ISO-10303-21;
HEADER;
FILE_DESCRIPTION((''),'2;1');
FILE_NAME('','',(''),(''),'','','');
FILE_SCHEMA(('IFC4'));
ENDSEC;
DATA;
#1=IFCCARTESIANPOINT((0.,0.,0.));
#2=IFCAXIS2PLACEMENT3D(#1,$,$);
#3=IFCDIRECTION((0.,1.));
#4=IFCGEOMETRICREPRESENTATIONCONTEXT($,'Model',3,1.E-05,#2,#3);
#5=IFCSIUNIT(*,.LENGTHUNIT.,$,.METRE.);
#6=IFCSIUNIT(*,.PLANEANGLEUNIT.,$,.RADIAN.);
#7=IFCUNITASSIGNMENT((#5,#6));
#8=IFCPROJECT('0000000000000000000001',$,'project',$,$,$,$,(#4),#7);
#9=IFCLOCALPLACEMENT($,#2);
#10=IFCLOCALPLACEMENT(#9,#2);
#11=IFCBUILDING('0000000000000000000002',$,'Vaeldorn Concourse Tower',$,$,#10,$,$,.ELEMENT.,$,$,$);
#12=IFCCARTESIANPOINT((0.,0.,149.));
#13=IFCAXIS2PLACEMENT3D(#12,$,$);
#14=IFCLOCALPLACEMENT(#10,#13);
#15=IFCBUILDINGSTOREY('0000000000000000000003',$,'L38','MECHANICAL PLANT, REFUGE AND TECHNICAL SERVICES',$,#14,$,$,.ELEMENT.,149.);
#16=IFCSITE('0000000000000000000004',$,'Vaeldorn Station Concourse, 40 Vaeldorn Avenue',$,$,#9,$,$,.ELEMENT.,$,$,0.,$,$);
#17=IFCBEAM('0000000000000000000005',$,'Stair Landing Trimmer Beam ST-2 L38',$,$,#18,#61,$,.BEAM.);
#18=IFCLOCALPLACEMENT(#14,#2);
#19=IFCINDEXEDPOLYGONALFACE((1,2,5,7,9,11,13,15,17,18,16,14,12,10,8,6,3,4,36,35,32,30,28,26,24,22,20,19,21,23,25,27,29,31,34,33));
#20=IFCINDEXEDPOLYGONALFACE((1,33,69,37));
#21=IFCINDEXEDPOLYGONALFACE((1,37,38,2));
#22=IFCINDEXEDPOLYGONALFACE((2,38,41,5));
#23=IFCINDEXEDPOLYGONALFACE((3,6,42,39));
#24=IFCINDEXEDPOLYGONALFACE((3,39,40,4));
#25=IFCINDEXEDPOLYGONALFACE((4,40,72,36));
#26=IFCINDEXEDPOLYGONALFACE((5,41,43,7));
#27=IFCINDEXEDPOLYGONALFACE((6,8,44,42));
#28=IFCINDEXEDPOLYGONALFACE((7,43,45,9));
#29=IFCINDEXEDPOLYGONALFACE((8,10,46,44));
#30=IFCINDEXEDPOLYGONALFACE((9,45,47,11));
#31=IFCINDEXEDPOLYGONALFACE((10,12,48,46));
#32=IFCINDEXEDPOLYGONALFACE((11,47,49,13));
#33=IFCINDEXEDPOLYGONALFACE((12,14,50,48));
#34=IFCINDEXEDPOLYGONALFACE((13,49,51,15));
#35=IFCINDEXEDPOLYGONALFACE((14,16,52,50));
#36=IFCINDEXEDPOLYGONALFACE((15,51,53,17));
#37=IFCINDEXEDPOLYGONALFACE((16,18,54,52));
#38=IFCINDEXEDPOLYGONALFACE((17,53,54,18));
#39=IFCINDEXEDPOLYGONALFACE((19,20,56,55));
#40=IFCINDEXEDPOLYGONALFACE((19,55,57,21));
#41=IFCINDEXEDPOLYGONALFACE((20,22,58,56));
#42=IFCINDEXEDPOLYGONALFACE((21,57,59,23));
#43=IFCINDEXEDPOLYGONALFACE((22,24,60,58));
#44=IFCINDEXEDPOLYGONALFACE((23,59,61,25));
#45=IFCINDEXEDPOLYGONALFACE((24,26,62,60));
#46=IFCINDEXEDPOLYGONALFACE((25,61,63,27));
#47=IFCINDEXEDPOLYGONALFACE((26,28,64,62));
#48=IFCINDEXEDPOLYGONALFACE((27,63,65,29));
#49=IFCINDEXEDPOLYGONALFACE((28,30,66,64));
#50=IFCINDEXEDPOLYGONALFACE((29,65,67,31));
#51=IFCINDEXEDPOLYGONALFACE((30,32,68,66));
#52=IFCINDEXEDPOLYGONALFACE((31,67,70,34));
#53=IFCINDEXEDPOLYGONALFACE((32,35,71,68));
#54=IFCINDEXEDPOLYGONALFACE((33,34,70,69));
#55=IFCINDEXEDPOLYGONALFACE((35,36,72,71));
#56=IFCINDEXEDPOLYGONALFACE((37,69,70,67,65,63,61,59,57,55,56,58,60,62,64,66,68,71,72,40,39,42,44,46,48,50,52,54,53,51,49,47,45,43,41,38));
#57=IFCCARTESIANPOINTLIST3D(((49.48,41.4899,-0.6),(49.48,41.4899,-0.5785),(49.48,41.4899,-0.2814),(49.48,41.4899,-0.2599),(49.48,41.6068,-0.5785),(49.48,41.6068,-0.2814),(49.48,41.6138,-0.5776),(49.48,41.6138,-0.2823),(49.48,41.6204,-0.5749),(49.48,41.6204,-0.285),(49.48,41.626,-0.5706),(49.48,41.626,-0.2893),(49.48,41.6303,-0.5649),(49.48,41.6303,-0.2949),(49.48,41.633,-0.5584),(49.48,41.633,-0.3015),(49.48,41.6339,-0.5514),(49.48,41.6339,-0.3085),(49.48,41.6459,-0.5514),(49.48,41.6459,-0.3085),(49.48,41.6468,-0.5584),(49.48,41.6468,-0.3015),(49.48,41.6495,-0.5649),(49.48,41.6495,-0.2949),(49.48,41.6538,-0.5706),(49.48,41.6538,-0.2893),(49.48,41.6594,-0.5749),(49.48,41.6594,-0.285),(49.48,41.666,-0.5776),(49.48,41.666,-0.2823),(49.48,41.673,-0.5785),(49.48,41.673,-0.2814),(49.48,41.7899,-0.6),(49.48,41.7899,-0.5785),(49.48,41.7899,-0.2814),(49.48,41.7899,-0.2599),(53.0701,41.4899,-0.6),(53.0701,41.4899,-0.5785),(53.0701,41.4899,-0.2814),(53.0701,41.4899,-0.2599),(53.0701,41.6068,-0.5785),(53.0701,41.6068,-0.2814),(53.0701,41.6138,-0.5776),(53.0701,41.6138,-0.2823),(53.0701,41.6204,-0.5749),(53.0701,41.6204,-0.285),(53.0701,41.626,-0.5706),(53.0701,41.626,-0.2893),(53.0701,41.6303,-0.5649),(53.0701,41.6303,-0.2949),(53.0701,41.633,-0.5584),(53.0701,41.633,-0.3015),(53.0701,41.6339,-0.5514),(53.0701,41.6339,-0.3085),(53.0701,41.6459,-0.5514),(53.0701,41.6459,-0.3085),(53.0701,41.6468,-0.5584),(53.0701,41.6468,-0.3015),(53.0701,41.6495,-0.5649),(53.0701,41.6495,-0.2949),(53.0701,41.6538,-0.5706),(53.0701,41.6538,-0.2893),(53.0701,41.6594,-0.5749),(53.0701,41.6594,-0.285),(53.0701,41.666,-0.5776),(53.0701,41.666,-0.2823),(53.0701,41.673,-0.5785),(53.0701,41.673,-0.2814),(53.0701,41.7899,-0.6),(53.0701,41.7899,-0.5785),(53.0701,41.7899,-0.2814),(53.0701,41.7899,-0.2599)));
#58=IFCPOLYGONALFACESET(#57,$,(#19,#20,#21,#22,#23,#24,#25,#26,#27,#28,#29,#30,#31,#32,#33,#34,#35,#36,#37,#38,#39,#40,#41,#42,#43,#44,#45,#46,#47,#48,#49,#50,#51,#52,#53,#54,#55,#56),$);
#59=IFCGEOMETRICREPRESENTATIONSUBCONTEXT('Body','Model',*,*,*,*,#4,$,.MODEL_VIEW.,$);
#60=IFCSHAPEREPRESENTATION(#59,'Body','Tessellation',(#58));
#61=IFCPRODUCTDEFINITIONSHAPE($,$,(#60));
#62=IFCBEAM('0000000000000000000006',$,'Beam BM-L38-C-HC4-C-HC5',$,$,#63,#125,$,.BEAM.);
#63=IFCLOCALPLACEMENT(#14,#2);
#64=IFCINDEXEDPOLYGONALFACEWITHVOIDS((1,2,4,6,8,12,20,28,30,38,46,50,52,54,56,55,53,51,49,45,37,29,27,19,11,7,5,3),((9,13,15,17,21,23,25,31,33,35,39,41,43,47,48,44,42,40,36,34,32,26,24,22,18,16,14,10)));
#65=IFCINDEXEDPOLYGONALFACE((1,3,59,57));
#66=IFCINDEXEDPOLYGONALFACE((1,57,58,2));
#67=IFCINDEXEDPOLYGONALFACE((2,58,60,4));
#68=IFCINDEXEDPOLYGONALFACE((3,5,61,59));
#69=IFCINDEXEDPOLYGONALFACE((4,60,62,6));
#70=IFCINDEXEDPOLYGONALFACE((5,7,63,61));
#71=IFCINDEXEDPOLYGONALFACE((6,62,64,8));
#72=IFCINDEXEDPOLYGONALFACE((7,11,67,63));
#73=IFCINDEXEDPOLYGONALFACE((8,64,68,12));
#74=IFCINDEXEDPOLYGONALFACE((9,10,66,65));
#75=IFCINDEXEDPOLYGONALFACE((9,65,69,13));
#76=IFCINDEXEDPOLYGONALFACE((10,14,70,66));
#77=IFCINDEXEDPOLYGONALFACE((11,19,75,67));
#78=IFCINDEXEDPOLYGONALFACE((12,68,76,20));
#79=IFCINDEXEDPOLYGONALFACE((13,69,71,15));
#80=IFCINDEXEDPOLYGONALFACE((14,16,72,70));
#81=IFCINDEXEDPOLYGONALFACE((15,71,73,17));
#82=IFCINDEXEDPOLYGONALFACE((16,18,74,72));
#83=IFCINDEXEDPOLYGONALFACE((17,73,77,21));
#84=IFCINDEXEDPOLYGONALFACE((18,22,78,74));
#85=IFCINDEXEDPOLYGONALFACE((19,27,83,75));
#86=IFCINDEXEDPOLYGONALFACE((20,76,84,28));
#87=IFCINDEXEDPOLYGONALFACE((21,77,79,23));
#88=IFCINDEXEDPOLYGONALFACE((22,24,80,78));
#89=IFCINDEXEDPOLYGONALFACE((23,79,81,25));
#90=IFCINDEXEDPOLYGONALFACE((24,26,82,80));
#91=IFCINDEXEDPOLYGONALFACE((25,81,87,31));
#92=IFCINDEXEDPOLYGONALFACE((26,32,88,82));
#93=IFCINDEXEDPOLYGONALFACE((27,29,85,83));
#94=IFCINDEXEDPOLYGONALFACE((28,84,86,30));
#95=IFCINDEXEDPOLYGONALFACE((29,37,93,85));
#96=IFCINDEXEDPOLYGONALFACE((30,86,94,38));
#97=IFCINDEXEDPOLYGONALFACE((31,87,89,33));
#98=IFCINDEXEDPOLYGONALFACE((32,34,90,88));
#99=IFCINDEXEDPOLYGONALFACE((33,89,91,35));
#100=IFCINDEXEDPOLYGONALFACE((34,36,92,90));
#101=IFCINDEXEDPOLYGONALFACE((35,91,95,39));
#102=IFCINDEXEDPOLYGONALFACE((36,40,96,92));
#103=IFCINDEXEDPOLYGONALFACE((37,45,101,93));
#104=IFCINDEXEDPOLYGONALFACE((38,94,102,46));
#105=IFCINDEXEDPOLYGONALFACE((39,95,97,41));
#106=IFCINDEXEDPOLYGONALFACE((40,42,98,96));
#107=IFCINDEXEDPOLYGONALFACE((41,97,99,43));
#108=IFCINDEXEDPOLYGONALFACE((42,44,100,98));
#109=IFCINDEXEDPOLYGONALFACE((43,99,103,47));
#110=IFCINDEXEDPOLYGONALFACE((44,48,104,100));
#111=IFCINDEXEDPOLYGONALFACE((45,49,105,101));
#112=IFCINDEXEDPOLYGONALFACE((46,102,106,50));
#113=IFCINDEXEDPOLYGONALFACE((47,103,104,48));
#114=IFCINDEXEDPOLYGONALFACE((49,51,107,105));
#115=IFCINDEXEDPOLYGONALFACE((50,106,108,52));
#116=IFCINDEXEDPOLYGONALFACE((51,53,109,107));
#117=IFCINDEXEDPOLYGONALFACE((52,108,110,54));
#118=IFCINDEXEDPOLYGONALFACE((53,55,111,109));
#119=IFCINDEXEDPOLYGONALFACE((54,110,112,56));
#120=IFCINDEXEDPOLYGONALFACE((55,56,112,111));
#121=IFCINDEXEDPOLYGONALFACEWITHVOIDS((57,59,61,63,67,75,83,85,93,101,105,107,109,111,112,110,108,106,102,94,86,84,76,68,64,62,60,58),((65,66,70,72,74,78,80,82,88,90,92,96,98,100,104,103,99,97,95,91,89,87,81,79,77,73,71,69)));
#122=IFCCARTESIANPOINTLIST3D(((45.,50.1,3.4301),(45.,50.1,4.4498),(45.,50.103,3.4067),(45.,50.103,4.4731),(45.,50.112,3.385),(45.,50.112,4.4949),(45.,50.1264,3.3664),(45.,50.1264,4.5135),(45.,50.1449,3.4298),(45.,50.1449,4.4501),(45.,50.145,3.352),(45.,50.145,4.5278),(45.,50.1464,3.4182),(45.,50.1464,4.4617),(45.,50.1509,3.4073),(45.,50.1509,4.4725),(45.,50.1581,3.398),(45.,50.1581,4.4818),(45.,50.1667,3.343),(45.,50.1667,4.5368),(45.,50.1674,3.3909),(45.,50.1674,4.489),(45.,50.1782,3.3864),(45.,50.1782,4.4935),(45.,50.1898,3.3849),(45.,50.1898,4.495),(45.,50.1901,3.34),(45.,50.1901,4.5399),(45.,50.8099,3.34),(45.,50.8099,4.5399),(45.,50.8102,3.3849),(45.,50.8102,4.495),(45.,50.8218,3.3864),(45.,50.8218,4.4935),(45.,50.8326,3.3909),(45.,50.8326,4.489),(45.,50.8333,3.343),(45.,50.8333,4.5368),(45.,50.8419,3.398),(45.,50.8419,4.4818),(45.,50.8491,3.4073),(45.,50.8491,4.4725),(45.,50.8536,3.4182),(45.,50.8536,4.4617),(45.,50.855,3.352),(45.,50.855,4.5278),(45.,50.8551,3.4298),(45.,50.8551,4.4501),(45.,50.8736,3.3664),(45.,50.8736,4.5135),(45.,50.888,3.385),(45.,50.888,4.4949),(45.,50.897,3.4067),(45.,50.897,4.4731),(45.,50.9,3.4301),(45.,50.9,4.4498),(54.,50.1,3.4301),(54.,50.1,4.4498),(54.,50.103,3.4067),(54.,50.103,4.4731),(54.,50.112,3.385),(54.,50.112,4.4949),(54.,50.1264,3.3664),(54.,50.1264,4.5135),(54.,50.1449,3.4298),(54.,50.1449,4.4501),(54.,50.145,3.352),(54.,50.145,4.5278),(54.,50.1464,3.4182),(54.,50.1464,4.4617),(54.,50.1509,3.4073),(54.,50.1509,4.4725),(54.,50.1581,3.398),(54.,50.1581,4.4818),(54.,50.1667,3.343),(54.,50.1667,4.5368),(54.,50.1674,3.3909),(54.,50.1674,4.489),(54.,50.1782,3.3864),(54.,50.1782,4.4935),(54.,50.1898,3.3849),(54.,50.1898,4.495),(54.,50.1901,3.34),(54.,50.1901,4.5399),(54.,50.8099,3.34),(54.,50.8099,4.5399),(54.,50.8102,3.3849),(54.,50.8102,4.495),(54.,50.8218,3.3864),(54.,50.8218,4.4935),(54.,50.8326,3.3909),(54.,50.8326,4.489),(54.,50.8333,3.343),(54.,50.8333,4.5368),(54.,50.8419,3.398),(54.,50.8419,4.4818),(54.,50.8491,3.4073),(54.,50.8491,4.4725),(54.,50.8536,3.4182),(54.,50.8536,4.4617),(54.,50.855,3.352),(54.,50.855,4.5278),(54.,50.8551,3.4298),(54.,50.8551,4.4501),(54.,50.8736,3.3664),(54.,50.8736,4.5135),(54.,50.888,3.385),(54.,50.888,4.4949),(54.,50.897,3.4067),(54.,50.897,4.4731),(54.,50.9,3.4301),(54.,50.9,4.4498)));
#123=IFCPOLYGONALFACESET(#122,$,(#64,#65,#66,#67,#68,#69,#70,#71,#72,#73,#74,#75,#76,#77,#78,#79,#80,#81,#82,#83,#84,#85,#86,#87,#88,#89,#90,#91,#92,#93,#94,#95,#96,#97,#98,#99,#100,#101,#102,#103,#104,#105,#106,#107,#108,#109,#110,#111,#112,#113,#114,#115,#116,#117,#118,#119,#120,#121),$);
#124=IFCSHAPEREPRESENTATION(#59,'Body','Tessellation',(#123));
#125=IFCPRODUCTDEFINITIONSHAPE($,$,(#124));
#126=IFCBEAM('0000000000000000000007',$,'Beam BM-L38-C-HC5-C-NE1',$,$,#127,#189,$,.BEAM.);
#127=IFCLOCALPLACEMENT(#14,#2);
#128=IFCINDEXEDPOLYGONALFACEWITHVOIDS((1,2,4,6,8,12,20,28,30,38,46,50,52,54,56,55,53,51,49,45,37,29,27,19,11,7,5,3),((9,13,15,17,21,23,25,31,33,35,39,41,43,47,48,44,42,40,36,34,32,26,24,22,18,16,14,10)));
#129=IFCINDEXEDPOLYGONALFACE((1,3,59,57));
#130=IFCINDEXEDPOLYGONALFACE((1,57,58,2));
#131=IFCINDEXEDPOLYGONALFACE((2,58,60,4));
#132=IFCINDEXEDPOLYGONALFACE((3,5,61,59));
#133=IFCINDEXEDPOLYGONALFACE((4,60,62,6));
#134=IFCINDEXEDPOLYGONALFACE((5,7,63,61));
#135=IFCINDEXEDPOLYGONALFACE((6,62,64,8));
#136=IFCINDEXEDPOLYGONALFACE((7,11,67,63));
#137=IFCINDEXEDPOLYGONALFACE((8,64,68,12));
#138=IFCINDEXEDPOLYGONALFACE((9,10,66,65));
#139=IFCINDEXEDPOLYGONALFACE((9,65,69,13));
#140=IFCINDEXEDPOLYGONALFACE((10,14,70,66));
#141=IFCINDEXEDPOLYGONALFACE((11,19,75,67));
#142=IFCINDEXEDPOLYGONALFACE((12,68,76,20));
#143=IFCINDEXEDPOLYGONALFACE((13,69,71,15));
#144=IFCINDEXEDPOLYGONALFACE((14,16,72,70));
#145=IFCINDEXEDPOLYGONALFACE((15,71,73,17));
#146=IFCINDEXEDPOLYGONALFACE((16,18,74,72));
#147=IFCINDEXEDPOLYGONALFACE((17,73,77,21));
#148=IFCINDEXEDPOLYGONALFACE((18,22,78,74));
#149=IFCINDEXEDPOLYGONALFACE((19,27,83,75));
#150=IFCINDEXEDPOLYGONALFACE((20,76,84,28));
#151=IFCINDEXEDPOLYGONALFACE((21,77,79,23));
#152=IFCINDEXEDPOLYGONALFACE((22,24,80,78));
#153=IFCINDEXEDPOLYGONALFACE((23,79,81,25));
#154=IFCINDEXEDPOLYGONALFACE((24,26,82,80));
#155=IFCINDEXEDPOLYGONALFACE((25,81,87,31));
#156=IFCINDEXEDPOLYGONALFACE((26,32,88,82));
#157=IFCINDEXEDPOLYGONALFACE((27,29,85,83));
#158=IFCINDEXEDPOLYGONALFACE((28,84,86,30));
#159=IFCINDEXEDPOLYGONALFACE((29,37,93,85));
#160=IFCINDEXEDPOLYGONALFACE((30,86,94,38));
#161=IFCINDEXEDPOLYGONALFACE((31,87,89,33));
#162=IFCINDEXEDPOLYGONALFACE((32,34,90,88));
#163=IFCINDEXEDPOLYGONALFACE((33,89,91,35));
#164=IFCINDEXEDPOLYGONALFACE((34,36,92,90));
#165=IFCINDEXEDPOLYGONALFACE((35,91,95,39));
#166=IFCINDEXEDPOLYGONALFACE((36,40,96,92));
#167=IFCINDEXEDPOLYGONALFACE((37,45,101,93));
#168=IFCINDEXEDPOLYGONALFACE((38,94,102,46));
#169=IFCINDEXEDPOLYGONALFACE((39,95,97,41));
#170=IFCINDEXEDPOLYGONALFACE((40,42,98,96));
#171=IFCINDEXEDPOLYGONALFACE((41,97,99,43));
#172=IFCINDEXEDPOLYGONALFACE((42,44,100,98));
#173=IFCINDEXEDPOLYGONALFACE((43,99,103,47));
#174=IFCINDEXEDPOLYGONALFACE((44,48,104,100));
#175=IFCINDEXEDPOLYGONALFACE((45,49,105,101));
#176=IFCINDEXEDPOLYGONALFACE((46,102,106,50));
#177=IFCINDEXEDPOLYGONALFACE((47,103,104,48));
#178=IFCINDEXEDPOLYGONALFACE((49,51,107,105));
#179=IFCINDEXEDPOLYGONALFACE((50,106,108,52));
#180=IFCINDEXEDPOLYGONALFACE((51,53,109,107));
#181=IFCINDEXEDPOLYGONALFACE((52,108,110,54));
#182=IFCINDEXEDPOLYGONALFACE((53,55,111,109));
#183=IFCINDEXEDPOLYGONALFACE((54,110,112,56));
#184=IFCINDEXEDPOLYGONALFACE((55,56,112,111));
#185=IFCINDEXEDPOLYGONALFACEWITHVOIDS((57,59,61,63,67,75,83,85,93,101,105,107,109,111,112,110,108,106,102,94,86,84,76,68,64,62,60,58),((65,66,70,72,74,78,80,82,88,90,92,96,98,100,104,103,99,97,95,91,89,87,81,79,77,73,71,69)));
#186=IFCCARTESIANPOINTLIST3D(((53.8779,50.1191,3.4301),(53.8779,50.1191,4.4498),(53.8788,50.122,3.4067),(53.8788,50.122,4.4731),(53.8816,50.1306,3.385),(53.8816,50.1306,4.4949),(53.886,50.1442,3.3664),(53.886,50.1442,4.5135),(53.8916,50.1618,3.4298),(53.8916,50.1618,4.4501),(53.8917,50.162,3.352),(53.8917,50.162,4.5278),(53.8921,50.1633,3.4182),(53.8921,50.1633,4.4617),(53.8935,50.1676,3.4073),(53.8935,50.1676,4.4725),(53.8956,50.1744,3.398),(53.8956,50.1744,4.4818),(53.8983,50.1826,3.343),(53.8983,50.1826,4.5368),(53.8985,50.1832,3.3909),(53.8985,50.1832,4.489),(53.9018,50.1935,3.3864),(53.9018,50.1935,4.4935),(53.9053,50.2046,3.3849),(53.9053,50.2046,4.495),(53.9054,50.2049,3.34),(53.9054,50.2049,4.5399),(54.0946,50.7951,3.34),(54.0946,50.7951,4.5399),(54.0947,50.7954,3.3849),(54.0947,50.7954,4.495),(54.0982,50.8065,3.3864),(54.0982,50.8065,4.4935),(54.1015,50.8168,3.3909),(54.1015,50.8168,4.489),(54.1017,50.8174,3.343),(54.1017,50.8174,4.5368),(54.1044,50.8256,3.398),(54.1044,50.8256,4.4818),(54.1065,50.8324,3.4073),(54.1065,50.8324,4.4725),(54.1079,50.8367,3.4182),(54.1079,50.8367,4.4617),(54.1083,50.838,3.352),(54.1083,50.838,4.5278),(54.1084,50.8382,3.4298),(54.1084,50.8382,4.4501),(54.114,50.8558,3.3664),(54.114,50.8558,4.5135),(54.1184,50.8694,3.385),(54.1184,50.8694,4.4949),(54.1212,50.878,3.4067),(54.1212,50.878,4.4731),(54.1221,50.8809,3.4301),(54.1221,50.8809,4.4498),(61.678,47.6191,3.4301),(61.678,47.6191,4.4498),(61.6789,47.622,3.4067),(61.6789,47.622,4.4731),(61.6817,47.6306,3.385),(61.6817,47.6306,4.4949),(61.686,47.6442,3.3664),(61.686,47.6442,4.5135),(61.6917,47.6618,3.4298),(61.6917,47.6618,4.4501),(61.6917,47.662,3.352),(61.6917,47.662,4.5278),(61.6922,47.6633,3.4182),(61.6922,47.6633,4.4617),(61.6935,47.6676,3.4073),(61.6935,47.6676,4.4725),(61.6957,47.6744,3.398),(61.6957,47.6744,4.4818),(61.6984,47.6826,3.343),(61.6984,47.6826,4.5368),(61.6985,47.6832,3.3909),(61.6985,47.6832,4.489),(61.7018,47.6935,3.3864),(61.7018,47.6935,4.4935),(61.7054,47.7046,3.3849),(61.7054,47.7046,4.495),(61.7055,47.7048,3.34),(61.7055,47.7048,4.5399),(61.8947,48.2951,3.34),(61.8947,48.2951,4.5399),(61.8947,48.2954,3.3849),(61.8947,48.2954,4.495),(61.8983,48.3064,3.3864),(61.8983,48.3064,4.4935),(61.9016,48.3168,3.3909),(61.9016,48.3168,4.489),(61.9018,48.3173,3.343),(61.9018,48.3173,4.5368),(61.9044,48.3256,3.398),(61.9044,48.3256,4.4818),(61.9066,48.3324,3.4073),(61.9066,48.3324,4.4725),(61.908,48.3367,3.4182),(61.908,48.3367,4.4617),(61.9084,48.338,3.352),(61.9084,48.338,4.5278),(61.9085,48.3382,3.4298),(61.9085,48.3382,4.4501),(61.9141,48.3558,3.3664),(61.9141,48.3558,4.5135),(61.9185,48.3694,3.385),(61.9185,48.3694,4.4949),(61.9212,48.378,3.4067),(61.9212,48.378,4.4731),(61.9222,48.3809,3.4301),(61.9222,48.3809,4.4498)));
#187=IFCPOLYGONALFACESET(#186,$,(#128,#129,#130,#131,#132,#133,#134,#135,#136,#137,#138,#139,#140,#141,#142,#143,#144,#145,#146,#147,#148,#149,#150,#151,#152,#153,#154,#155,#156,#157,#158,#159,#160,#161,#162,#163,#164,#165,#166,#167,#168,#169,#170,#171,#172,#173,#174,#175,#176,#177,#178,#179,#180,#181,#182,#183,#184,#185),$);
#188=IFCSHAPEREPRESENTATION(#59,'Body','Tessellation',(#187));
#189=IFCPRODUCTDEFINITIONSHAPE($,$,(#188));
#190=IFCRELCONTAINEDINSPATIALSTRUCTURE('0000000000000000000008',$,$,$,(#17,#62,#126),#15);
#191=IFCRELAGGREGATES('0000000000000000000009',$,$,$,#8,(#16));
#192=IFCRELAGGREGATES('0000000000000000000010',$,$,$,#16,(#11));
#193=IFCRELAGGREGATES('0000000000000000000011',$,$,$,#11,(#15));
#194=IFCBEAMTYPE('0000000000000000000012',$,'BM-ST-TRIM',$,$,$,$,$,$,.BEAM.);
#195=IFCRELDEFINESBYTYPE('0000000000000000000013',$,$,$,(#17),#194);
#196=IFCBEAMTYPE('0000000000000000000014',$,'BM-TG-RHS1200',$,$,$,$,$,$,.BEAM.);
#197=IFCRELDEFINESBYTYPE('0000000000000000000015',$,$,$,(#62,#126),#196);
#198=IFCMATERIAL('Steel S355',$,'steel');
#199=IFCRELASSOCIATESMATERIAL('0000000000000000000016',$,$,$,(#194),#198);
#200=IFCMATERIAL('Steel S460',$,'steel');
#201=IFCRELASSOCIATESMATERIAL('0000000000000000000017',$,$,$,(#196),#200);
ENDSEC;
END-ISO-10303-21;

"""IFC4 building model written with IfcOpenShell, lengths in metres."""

from ifc_helpers import new_model, si_unit, direction, frame, origin, origin_2d, place, context, subcontext, project, spatial, hollow_rectangle, i_section, extrude, source, transform, mapped, material, material_profile, profile_set, type_object, element, save


model = new_model("IFC4")

# Units and contexts
model_context = context("Model", 3, precision=1e-05, world=origin(), true_north=direction((0.0, 1.0)))
body_context = subcontext(model_context, "Body", "Model", "MODEL_VIEW")
ifc_project = project(units=[si_unit("LENGTHUNIT", "METRE"), si_unit("PLANEANGLEUNIT", "RADIAN")], contexts=[model_context])

# Site, building, storey
site_placement = place(None, origin())
site = spatial("IfcSite", under=ifc_project, at=site_placement, Name="Vaeldorn Station Concourse, 40 Vaeldorn Avenue", CompositionType="ELEMENT", RefElevation=0.0)
building_placement = place(site_placement, origin())
building = spatial("IfcBuilding", under=site, at=building_placement, Name="Vaeldorn Concourse Tower", CompositionType="ELEMENT")
storey_placement = place(building_placement, frame((0.0, 0.0, 149.0)))
storey = spatial("IfcBuildingStorey", under=building, at=storey_placement, Name="L38", Description="MECHANICAL PLANT, REFUGE AND TECHNICAL SERVICES", CompositionType="ELEMENT", Elevation=149.0)

# Shared definitions
ifc_material_1 = material(Name="Steel S460", Category="steel")

# Beams
ifc_material_2 = material(Name="Steel S355", Category="steel")
ifc_material_profile_1 = material_profile(ifc_material_2, i_section(OverallWidth=0.3, OverallDepth=0.3401, WebThickness=0.012, FlangeThickness=0.0215, FilletRadius=0.0271, at=origin_2d()), Name="HEB 340")
ifc_profile_set_1 = profile_set([ifc_material_profile_1], Name="Steel S355")
beam_type_1 = type_object("IfcBeamType", Name="BM-ST-TRIM", PredefinedType="BEAM", material=ifc_profile_set_1)
shared_shape_1 = source(origin(), body_context, "Body", "SweptSolid", [
    extrude(i_section(OverallWidth=0.3, OverallDepth=0.3401, WebThickness=0.012, FlangeThickness=0.0215, FilletRadius=0.0271, at=origin_2d()), origin(), (0.0, 0.0, 1.0), 3.5901),
])
beam_1_placement = place(storey_placement, frame((49.48, 41.6399, -0.4299), z_axis=(1.0, 0.0, 0.0), x_axis=(0.0, 1.0, 0.0)))
element("IfcBeam", 1, at=beam_1_placement, inside=storey, type_object=beam_type_1, Name="Stair Landing Trimmer Beam ST-2 L38", PredefinedType="BEAM", context=body_context, shape_type="MappedRepresentation", body=[
    mapped(shared_shape_1, transform((0.0, 0.0, 0.0), scale=1.0)),
])
ifc_material_profile_2 = material_profile(ifc_material_1, hollow_rectangle(XDim=0.8, YDim=1.2, WallThickness=0.0449, InnerFilletRadius=0.0449, OuterFilletRadius=0.0901, at=origin_2d()), Name="RHS 1200x800x45")
ifc_profile_set_2 = profile_set([ifc_material_profile_2], Name="Steel S460")
beam_type_2 = type_object("IfcBeamType", Name="BM-TG-RHS1200", PredefinedType="BEAM", material=ifc_profile_set_2)
shared_shape_2 = source(origin(), body_context, "Body", "SweptSolid", [
    extrude(hollow_rectangle(XDim=0.8, YDim=1.2, WallThickness=0.0449, InnerFilletRadius=0.0449, OuterFilletRadius=0.0901, at=origin_2d()), origin(), (0.0, 0.0, 1.0), 9.0),
])
beam_2_placement = place(storey_placement, frame((45.0, 50.5, 3.9399), z_axis=(1.0, 0.0, 0.0), x_axis=(0.0, 1.0, 0.0)))
element("IfcBeam", 2, at=beam_2_placement, inside=storey, type_object=beam_type_2, Name="Beam BM-L38-C-HC4-C-HC5", PredefinedType="BEAM", context=body_context, shape_type="MappedRepresentation", body=[
    mapped(shared_shape_2, transform((0.0, 0.0, 0.0), scale=1.0)),
])
shared_shape_3 = source(origin(), body_context, "Body", "SweptSolid", [
    extrude(hollow_rectangle(XDim=0.8, YDim=1.2, WallThickness=0.0449, InnerFilletRadius=0.0449, OuterFilletRadius=0.0901, at=origin_2d()), origin(), (0.0, 0.0, 1.0), 8.1909),
])
beam_3_placement = place(storey_placement, frame((54.0, 50.5, 3.9399), z_axis=(0.952283, -0.305217, 0.0), x_axis=(0.305217, 0.952283, 0.0)))
element("IfcBeam", 3, at=beam_3_placement, inside=storey, type_object=beam_type_2, Name="Beam BM-L38-C-HC5-C-NE1", PredefinedType="BEAM", context=body_context, shape_type="MappedRepresentation", body=[
    mapped(shared_shape_3, transform((0.0, 0.0, 0.0), scale=1.0)),
])

save(model, "model.ifc")
